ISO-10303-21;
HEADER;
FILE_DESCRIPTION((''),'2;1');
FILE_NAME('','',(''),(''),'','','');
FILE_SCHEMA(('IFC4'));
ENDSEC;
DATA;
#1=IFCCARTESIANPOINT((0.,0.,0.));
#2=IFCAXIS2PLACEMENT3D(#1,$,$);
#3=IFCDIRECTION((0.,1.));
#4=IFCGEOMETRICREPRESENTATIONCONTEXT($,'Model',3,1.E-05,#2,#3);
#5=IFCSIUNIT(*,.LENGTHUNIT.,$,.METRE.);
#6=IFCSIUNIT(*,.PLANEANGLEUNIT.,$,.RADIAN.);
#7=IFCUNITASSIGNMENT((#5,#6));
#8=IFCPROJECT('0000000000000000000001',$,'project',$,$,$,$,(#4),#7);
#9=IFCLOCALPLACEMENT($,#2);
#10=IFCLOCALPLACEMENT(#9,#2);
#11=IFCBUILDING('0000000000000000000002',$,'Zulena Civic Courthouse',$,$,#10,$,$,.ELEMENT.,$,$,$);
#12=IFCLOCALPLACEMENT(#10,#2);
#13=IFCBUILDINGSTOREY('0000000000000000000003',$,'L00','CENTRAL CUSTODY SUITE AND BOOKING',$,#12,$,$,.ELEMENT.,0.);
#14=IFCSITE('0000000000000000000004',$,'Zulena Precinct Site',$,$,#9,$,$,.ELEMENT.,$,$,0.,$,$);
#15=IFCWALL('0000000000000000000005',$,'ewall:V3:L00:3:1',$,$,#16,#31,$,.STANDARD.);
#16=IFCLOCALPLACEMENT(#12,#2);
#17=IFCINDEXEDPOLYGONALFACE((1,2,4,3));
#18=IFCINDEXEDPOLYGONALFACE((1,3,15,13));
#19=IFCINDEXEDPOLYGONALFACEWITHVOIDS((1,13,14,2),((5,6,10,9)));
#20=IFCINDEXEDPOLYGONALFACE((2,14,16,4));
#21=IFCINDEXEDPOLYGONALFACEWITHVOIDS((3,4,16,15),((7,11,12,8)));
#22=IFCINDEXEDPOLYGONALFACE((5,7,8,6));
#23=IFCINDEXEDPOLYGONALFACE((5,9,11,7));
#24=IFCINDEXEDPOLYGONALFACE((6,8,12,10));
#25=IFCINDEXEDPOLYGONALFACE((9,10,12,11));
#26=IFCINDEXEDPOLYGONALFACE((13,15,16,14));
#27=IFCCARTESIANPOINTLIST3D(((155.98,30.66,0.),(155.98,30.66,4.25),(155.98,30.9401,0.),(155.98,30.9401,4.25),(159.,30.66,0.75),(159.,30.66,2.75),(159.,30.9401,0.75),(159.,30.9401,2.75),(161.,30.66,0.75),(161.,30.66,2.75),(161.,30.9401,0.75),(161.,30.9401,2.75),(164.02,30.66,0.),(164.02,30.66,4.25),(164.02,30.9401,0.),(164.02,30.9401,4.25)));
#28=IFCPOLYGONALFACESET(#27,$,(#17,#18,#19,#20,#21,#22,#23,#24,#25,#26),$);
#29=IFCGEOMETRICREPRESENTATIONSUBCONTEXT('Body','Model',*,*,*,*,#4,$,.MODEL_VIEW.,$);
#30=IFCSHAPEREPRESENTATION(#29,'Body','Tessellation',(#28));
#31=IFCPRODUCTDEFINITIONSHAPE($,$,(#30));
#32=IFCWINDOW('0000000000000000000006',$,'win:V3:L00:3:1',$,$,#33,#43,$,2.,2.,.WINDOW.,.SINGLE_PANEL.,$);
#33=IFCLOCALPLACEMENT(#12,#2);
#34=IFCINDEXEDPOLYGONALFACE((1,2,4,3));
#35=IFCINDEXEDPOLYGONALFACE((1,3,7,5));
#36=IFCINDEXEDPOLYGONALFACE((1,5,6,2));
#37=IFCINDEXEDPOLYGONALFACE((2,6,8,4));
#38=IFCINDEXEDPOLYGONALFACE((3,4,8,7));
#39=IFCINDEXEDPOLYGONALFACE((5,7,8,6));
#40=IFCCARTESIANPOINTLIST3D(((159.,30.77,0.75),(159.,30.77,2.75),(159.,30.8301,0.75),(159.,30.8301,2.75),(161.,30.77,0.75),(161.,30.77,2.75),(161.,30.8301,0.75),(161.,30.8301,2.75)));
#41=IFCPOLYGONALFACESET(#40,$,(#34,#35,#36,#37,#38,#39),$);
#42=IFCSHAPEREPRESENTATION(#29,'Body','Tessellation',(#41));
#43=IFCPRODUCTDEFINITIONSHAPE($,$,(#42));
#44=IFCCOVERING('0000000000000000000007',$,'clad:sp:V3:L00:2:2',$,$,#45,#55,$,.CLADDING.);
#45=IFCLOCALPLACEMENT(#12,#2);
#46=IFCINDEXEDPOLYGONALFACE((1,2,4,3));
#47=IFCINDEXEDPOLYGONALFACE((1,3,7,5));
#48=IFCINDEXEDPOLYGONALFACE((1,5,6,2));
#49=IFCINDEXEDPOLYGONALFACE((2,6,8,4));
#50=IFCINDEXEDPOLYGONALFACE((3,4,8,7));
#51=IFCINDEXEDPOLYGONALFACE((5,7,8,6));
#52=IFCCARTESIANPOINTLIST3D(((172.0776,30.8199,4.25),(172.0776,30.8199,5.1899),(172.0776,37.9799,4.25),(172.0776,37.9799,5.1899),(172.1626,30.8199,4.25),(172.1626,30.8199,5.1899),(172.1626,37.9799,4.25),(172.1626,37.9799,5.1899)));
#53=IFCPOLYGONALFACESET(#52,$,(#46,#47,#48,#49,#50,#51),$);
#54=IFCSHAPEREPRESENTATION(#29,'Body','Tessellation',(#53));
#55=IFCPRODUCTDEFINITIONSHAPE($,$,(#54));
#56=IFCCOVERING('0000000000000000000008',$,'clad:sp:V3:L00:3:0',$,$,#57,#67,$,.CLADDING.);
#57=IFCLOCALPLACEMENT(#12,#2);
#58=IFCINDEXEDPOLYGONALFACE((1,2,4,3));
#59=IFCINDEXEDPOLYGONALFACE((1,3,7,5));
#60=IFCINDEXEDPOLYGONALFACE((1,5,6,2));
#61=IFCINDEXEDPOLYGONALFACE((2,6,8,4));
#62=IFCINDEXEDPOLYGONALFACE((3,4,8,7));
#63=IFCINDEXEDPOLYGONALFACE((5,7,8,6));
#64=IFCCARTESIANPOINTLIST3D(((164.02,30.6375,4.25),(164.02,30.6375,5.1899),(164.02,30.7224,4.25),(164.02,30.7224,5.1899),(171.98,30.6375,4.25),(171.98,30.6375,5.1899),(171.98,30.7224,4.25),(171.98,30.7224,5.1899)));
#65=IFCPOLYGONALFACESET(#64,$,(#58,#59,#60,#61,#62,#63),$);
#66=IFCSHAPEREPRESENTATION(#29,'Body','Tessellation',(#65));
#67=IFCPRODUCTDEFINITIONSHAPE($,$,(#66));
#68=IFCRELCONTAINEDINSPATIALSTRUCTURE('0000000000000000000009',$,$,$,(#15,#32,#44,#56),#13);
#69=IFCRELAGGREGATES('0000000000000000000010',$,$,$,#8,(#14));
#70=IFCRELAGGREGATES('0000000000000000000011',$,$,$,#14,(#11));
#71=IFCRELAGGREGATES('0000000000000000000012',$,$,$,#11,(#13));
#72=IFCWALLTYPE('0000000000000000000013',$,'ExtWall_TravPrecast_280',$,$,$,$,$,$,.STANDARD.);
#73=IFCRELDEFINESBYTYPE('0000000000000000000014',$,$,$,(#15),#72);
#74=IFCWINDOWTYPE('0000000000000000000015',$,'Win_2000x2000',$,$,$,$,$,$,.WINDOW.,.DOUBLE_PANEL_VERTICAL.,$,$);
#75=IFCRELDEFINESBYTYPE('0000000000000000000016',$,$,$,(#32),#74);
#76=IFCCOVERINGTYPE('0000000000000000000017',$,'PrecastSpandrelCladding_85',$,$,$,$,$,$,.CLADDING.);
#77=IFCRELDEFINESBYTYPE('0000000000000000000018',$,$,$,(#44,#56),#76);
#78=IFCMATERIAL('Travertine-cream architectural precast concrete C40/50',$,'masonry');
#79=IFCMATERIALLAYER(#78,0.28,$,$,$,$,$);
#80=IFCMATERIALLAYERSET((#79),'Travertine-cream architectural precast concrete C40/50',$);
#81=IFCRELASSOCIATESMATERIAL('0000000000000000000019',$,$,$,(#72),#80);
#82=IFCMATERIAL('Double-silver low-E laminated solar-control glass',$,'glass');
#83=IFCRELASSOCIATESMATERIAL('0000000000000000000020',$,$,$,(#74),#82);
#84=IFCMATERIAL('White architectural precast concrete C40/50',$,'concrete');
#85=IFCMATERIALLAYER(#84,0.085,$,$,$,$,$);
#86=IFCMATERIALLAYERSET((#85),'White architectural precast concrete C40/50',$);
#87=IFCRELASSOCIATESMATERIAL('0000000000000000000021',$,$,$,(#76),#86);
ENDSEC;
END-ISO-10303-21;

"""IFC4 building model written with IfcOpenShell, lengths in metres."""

from ifc_helpers import new_model, si_unit, direction, frame, frame_2d, origin, origin_2d, place, context, subcontext, project, spatial, rectangle, extrude, material, layer, layer_set, type_object, element, fill, save


model = new_model("IFC4")

# Units and contexts
model_context = context("Model", 3, precision=1e-05, world=origin(), true_north=direction((0.0, 1.0)))
body_context = subcontext(model_context, "Body", "Model", "MODEL_VIEW")
ifc_project = project(units=[si_unit("LENGTHUNIT", "METRE"), si_unit("PLANEANGLEUNIT", "RADIAN")], contexts=[model_context])

# Site, building, storey
site_placement = place(None, origin())
site = spatial("IfcSite", under=ifc_project, at=site_placement, Name="Zulena Precinct Site", CompositionType="ELEMENT", RefElevation=0.0)
building_placement = place(site_placement, origin())
building = spatial("IfcBuilding", under=site, at=building_placement, Name="Zulena Civic Courthouse", CompositionType="ELEMENT")
storey_placement = place(building_placement, origin())
storey = spatial("IfcBuildingStorey", under=building, at=storey_placement, Name="L00", Description="CENTRAL CUSTODY SUITE AND BOOKING", CompositionType="ELEMENT", Elevation=0.0)

# Wall, opening, window
ifc_material_1 = material(Name="Travertine-cream architectural precast concrete C40/50", Category="masonry")
ifc_layer_1 = layer(ifc_material_1, 0.28)
ifc_layer_set_1 = layer_set([ifc_layer_1], Name="Travertine-cream architectural precast concrete C40/50")
wall_type = type_object("IfcWallType", Name="ExtWall_TravPrecast_280", PredefinedType="STANDARD", material=ifc_layer_set_1)
ifc_material_2 = material(Name="Double-silver low-E laminated solar-control glass", Category="glass")
wall_1_placement = place(storey_placement, frame((164.02, 30.8, 0.0), z_axis=(0.0, 0.0, 1.0), x_axis=(-1.0, 0.0, 0.0)))
wall_1 = element("IfcWall", 1, at=wall_1_placement, inside=storey, type_object=wall_type, Name="ewall:V3:L00:3:1", PredefinedType="STANDARD", context=body_context, shape_type="SweptSolid", body=[
    extrude(rectangle(XDim=8.04, YDim=0.28, at=frame_2d((4.02, 0.0))), origin(), (0.0, 0.0, 1.0), 4.25),
])
opening_1_placement = place(wall_1_placement, frame((3.02, 0.0, 0.75)))
opening_1 = element("IfcOpeningElement", 2, at=opening_1_placement, cuts=wall_1, PredefinedType="OPENING", context=body_context, shape_type="SweptSolid", body=[
    extrude(rectangle(XDim=2.0, YDim=2.0, at=frame_2d((1.0, 1.0))), frame((0.0, 0.1499, 0.0), z_axis=(0.0, -1.0, 0.0), x_axis=(1.0, 0.0, 0.0)), (0.0, 0.0, 1.0), 0.3),
])
window_type_1 = type_object("IfcWindowType", Name="Win_2000x2000", PartitioningType="DOUBLE_PANEL_VERTICAL", PredefinedType="WINDOW", material=ifc_material_2)
window_1_placement = place(opening_1_placement, origin())
window_1 = element("IfcWindow", 3, at=window_1_placement, inside=storey, type_object=window_type_1, Name="win:V3:L00:3:1", OverallHeight=2.0, OverallWidth=2.0, PartitioningType="SINGLE_PANEL", PredefinedType="WINDOW", context=body_context, shape_type="SweptSolid", body=[
    extrude(rectangle(XDim=2.0, YDim=2.0, at=frame_2d((1.0, 1.0))), frame((0.0, 0.03, 0.0), z_axis=(0.0, -1.0, 0.0), x_axis=(1.0, 0.0, 0.0)), (0.0, 0.0, 1.0), 0.0601),
])
fill(opening_1, window_1)

# Coverings
ifc_material_3 = material(Name="White architectural precast concrete C40/50", Category="concrete")
ifc_layer_2 = layer(ifc_material_3, 0.085)
ifc_layer_set_2 = layer_set([ifc_layer_2], Name="White architectural precast concrete C40/50")
covering_type = type_object("IfcCoveringType", Name="PrecastSpandrelCladding_85", PredefinedType="CLADDING", material=ifc_layer_set_2)
covering_1_placement = place(storey_placement, frame((172.1201, 34.3999, 4.25), z_axis=(0.0, 0.0, 1.0), x_axis=(0.0, -1.0, 0.0)))
element("IfcCovering", 4, at=covering_1_placement, inside=storey, type_object=covering_type, Name="clad:sp:V3:L00:2:2", PredefinedType="CLADDING", context=body_context, shape_type="SweptSolid", body=[
    extrude(rectangle(XDim=7.1599, YDim=0.085, at=origin_2d()), origin(), (0.0, 0.0, 1.0), 0.9399),
])
covering_2_placement = place(storey_placement, frame((168.0, 30.6799, 4.25), z_axis=(0.0, 0.0, 1.0), x_axis=(-1.0, 0.0, 0.0)))
element("IfcCovering", 5, at=covering_2_placement, inside=storey, type_object=covering_type, Name="clad:sp:V3:L00:3:0", PredefinedType="CLADDING", context=body_context, shape_type="SweptSolid", body=[
    extrude(rectangle(XDim=7.96, YDim=0.085, at=origin_2d()), origin(), (0.0, 0.0, 1.0), 0.9399),
])

save(model, "model.ifc")
